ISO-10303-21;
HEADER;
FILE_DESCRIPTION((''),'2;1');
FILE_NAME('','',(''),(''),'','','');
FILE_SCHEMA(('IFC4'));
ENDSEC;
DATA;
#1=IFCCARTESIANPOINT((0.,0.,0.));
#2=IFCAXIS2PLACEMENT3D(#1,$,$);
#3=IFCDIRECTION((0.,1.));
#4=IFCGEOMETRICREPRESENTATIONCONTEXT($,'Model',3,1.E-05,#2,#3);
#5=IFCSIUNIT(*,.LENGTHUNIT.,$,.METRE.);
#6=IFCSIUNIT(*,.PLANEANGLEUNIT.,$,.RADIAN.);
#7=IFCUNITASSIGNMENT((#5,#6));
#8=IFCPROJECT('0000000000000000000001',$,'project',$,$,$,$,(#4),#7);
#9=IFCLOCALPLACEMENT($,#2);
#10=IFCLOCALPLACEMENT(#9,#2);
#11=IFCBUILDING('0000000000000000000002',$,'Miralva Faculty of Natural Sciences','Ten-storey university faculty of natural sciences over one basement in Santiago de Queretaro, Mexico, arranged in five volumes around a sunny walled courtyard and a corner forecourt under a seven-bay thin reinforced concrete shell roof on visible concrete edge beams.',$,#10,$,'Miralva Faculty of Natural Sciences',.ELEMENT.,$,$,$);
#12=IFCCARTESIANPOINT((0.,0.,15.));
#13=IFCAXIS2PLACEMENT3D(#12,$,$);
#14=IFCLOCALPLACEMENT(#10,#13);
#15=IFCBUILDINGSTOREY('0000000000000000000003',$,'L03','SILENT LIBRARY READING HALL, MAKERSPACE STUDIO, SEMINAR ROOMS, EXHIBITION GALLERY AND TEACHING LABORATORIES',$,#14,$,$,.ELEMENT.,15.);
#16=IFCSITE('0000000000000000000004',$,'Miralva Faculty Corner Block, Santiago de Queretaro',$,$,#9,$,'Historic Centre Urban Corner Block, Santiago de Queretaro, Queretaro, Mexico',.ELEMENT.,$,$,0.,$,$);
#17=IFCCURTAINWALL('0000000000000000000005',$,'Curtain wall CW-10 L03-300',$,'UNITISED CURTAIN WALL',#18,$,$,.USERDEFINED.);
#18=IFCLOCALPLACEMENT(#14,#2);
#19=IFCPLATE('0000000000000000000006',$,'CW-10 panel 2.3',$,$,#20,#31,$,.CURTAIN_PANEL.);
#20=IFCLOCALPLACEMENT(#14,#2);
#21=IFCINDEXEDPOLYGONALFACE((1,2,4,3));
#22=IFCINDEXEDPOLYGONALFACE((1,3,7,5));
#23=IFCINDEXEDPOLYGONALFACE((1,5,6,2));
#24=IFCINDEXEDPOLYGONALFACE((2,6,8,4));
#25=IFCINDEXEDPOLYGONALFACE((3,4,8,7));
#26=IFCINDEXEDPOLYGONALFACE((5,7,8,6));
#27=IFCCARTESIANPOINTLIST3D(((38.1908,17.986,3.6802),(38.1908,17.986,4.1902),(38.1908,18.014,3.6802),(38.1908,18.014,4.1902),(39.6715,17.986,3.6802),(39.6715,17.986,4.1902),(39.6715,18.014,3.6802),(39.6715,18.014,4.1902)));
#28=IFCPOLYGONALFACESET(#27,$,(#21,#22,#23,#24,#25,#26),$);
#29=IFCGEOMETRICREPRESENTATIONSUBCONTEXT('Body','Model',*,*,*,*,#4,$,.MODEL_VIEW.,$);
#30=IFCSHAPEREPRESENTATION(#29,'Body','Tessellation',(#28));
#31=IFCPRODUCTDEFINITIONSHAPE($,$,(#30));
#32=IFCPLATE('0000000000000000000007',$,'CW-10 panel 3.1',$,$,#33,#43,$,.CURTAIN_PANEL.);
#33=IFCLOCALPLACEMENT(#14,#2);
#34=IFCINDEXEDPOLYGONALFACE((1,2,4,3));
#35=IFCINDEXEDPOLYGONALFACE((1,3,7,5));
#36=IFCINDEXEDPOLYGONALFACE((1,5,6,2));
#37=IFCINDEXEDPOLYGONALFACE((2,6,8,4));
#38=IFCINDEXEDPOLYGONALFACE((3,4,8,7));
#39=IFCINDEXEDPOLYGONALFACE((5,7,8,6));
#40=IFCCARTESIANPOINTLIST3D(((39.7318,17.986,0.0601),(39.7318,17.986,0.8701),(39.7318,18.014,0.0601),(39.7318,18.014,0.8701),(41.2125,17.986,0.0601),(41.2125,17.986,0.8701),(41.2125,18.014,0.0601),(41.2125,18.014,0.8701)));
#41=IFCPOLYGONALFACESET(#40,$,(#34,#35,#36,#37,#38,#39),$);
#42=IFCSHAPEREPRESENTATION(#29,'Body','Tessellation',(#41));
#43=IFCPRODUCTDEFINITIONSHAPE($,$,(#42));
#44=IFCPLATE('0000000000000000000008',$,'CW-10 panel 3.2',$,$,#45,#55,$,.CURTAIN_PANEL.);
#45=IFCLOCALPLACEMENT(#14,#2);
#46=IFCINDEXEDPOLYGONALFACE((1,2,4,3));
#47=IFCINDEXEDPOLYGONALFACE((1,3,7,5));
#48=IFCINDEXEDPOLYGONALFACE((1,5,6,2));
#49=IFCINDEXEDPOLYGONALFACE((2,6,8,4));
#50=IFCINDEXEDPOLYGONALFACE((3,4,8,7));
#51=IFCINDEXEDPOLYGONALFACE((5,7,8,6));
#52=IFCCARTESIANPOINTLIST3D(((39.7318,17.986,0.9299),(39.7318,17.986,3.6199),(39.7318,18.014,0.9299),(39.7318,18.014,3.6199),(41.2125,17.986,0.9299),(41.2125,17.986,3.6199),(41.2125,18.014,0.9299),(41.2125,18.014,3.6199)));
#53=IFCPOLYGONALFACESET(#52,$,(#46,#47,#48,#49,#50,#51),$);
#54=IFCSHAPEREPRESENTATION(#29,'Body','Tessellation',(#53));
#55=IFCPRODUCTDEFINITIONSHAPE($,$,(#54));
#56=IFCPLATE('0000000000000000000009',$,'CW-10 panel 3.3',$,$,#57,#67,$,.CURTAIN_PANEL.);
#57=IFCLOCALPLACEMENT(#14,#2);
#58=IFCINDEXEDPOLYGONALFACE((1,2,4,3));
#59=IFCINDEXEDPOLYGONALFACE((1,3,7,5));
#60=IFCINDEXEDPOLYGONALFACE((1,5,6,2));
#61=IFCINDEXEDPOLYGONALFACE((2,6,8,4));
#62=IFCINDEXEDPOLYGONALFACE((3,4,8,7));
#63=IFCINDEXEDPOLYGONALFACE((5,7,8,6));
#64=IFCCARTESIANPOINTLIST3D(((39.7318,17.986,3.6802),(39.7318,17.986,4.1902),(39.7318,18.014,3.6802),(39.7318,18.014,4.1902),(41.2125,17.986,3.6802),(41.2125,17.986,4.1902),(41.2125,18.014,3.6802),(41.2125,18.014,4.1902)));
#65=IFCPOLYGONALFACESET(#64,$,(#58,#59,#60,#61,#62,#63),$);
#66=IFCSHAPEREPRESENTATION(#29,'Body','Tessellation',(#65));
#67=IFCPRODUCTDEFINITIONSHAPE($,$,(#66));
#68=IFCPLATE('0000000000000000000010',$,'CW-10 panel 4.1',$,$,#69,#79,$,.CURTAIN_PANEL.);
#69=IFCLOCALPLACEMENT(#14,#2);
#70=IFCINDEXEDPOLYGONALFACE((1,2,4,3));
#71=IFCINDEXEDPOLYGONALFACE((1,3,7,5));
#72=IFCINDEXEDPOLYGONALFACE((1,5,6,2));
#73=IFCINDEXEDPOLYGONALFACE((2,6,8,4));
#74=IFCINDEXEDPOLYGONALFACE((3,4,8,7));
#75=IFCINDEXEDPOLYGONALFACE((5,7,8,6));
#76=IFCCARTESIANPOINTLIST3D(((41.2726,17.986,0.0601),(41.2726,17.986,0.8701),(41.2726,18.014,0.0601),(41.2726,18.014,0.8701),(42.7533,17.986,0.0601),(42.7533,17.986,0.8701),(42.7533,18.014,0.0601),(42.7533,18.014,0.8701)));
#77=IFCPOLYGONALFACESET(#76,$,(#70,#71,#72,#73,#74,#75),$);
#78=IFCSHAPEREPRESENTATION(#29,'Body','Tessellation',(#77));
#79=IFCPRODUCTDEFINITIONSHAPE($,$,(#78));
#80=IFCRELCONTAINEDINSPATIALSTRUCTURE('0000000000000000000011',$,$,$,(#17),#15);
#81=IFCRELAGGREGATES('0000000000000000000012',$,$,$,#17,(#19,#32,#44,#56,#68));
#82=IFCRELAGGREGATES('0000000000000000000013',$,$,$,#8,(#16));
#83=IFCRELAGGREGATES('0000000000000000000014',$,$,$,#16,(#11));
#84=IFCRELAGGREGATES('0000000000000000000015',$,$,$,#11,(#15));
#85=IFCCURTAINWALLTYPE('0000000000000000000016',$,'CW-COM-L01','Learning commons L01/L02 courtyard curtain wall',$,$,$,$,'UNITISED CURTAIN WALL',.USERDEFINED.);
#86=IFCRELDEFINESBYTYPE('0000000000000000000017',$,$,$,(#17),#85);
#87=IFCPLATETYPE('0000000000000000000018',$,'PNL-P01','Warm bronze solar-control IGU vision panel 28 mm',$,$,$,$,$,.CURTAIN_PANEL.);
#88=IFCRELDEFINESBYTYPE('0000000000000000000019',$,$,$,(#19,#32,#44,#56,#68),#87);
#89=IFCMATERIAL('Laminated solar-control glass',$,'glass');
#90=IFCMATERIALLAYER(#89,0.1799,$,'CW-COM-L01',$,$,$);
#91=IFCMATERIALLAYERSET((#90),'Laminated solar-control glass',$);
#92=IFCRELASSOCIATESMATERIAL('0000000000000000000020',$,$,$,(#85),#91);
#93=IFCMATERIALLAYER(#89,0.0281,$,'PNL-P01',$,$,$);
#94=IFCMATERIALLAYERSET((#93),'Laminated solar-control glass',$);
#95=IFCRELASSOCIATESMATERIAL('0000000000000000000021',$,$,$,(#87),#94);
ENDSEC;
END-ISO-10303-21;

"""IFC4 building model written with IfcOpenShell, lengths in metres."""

from ifc_helpers import new_model, si_unit, direction, frame, origin, origin_2d, place, context, subcontext, project, spatial, rectangle, extrude, material, layer, layer_set, type_object, element, aggregate, save


model = new_model("IFC4")

# Units and contexts
model_context = context("Model", 3, precision=1e-05, world=origin(), true_north=direction((0.0, 1.0)))
body_context = subcontext(model_context, "Body", "Model", "MODEL_VIEW")
ifc_project = project(units=[si_unit("LENGTHUNIT", "METRE"), si_unit("PLANEANGLEUNIT", "RADIAN")], contexts=[model_context])

# Site, building, storey
site_placement = place(None, origin())
site = spatial("IfcSite", under=ifc_project, at=site_placement, Name="Miralva Faculty Corner Block, Santiago de Queretaro", LongName="Historic Centre Urban Corner Block, Santiago de Queretaro, Queretaro, Mexico", CompositionType="ELEMENT", RefElevation=0.0)
building_placement = place(site_placement, origin())
building = spatial("IfcBuilding", under=site, at=building_placement, Name="Miralva Faculty of Natural Sciences", Description="Ten-storey university faculty of natural sciences over one basement in Santiago de Queretaro, Mexico, arranged in five volumes around a sunny walled courtyard and a corner forecourt under a seven-bay thin reinforced concrete shell roof on visible concrete edge beams.", LongName="Miralva Faculty of Natural Sciences", CompositionType="ELEMENT")
storey_placement = place(building_placement, frame((0.0, 0.0, 15.0)))
storey = spatial("IfcBuildingStorey", under=building, at=storey_placement, Name="L03", Description="SILENT LIBRARY READING HALL, MAKERSPACE STUDIO, SEMINAR ROOMS, EXHIBITION GALLERY AND TEACHING LABORATORIES", CompositionType="ELEMENT", Elevation=15.0)

# Curtain wall, plates
ifc_material_1 = material(Name="Laminated solar-control glass", Category="glass")
ifc_layer_1 = layer(ifc_material_1, 0.1799, Name="CW-COM-L01")
ifc_layer_set_1 = layer_set([ifc_layer_1], Name="Laminated solar-control glass")
curtain_wall_type = type_object("IfcCurtainWallType", Name="CW-COM-L01", Description="Learning commons L01/L02 courtyard curtain wall", ElementType="UNITISED CURTAIN WALL", PredefinedType="USERDEFINED", material=ifc_layer_set_1)
curtain_wall_placement = place(storey_placement, origin())
curtain_wall = element("IfcCurtainWall", 1, at=curtain_wall_placement, inside=storey, type_object=curtain_wall_type, Name="Curtain wall CW-10 L03-300", ObjectType="UNITISED CURTAIN WALL", PredefinedType="USERDEFINED")
ifc_layer_2 = layer(ifc_material_1, 0.0281, Name="PNL-P01")
ifc_layer_set_2 = layer_set([ifc_layer_2], Name="Laminated solar-control glass")
plate_type = type_object("IfcPlateType", Name="PNL-P01", Description="Warm bronze solar-control IGU vision panel 28 mm", PredefinedType="CURTAIN_PANEL", material=ifc_layer_set_2)
plate_1_placement = place(storey_placement, frame((38.9312, 18.0, 3.6802), z_axis=(0.0, 0.0, 1.0), x_axis=(1.0, 0.0, 0.0)))
plate_1 = element("IfcPlate", 2, at=plate_1_placement, type_object=plate_type, Name="CW-10 panel 2.3", PredefinedType="CURTAIN_PANEL", context=body_context, shape_type="SweptSolid", body=[
    extrude(rectangle(XDim=1.4807, YDim=0.0281, at=origin_2d()), origin(), (0.0, 0.0, 1.0), 0.51),
])
plate_2_placement = place(storey_placement, frame((40.4722, 18.0, 0.0601), z_axis=(0.0, 0.0, 1.0), x_axis=(1.0, 0.0, 0.0)))
plate_2 = element("IfcPlate", 3, at=plate_2_placement, type_object=plate_type, Name="CW-10 panel 3.1", PredefinedType="CURTAIN_PANEL", context=body_context, shape_type="SweptSolid", body=[
    extrude(rectangle(XDim=1.4807, YDim=0.0281, at=origin_2d()), origin(), (0.0, 0.0, 1.0), 0.8101),
])
plate_3_placement = place(storey_placement, frame((40.4722, 18.0, 0.9299), z_axis=(0.0, 0.0, 1.0), x_axis=(1.0, 0.0, 0.0)))
plate_3 = element("IfcPlate", 4, at=plate_3_placement, type_object=plate_type, Name="CW-10 panel 3.2", PredefinedType="CURTAIN_PANEL", context=body_context, shape_type="SweptSolid", body=[
    extrude(rectangle(XDim=1.4807, YDim=0.0281, at=origin_2d()), origin(), (0.0, 0.0, 1.0), 2.6899),
])
plate_4_placement = place(storey_placement, frame((40.4722, 18.0, 3.6802), z_axis=(0.0, 0.0, 1.0), x_axis=(1.0, 0.0, 0.0)))
plate_4 = element("IfcPlate", 5, at=plate_4_placement, type_object=plate_type, Name="CW-10 panel 3.3", PredefinedType="CURTAIN_PANEL", context=body_context, shape_type="SweptSolid", body=[
    extrude(rectangle(XDim=1.4807, YDim=0.0281, at=origin_2d()), origin(), (0.0, 0.0, 1.0), 0.51),
])
plate_5_placement = place(storey_placement, frame((42.0129, 18.0, 0.0601), z_axis=(0.0, 0.0, 1.0), x_axis=(1.0, 0.0, 0.0)))
plate_5 = element("IfcPlate", 6, at=plate_5_placement, type_object=plate_type, Name="CW-10 panel 4.1", PredefinedType="CURTAIN_PANEL", context=body_context, shape_type="SweptSolid", body=[
    extrude(rectangle(XDim=1.4807, YDim=0.0281, at=origin_2d()), origin(), (0.0, 0.0, 1.0), 0.8101),
])
aggregate(curtain_wall, [plate_1, plate_2, plate_3, plate_4, plate_5])

save(model, "model.ifc")
